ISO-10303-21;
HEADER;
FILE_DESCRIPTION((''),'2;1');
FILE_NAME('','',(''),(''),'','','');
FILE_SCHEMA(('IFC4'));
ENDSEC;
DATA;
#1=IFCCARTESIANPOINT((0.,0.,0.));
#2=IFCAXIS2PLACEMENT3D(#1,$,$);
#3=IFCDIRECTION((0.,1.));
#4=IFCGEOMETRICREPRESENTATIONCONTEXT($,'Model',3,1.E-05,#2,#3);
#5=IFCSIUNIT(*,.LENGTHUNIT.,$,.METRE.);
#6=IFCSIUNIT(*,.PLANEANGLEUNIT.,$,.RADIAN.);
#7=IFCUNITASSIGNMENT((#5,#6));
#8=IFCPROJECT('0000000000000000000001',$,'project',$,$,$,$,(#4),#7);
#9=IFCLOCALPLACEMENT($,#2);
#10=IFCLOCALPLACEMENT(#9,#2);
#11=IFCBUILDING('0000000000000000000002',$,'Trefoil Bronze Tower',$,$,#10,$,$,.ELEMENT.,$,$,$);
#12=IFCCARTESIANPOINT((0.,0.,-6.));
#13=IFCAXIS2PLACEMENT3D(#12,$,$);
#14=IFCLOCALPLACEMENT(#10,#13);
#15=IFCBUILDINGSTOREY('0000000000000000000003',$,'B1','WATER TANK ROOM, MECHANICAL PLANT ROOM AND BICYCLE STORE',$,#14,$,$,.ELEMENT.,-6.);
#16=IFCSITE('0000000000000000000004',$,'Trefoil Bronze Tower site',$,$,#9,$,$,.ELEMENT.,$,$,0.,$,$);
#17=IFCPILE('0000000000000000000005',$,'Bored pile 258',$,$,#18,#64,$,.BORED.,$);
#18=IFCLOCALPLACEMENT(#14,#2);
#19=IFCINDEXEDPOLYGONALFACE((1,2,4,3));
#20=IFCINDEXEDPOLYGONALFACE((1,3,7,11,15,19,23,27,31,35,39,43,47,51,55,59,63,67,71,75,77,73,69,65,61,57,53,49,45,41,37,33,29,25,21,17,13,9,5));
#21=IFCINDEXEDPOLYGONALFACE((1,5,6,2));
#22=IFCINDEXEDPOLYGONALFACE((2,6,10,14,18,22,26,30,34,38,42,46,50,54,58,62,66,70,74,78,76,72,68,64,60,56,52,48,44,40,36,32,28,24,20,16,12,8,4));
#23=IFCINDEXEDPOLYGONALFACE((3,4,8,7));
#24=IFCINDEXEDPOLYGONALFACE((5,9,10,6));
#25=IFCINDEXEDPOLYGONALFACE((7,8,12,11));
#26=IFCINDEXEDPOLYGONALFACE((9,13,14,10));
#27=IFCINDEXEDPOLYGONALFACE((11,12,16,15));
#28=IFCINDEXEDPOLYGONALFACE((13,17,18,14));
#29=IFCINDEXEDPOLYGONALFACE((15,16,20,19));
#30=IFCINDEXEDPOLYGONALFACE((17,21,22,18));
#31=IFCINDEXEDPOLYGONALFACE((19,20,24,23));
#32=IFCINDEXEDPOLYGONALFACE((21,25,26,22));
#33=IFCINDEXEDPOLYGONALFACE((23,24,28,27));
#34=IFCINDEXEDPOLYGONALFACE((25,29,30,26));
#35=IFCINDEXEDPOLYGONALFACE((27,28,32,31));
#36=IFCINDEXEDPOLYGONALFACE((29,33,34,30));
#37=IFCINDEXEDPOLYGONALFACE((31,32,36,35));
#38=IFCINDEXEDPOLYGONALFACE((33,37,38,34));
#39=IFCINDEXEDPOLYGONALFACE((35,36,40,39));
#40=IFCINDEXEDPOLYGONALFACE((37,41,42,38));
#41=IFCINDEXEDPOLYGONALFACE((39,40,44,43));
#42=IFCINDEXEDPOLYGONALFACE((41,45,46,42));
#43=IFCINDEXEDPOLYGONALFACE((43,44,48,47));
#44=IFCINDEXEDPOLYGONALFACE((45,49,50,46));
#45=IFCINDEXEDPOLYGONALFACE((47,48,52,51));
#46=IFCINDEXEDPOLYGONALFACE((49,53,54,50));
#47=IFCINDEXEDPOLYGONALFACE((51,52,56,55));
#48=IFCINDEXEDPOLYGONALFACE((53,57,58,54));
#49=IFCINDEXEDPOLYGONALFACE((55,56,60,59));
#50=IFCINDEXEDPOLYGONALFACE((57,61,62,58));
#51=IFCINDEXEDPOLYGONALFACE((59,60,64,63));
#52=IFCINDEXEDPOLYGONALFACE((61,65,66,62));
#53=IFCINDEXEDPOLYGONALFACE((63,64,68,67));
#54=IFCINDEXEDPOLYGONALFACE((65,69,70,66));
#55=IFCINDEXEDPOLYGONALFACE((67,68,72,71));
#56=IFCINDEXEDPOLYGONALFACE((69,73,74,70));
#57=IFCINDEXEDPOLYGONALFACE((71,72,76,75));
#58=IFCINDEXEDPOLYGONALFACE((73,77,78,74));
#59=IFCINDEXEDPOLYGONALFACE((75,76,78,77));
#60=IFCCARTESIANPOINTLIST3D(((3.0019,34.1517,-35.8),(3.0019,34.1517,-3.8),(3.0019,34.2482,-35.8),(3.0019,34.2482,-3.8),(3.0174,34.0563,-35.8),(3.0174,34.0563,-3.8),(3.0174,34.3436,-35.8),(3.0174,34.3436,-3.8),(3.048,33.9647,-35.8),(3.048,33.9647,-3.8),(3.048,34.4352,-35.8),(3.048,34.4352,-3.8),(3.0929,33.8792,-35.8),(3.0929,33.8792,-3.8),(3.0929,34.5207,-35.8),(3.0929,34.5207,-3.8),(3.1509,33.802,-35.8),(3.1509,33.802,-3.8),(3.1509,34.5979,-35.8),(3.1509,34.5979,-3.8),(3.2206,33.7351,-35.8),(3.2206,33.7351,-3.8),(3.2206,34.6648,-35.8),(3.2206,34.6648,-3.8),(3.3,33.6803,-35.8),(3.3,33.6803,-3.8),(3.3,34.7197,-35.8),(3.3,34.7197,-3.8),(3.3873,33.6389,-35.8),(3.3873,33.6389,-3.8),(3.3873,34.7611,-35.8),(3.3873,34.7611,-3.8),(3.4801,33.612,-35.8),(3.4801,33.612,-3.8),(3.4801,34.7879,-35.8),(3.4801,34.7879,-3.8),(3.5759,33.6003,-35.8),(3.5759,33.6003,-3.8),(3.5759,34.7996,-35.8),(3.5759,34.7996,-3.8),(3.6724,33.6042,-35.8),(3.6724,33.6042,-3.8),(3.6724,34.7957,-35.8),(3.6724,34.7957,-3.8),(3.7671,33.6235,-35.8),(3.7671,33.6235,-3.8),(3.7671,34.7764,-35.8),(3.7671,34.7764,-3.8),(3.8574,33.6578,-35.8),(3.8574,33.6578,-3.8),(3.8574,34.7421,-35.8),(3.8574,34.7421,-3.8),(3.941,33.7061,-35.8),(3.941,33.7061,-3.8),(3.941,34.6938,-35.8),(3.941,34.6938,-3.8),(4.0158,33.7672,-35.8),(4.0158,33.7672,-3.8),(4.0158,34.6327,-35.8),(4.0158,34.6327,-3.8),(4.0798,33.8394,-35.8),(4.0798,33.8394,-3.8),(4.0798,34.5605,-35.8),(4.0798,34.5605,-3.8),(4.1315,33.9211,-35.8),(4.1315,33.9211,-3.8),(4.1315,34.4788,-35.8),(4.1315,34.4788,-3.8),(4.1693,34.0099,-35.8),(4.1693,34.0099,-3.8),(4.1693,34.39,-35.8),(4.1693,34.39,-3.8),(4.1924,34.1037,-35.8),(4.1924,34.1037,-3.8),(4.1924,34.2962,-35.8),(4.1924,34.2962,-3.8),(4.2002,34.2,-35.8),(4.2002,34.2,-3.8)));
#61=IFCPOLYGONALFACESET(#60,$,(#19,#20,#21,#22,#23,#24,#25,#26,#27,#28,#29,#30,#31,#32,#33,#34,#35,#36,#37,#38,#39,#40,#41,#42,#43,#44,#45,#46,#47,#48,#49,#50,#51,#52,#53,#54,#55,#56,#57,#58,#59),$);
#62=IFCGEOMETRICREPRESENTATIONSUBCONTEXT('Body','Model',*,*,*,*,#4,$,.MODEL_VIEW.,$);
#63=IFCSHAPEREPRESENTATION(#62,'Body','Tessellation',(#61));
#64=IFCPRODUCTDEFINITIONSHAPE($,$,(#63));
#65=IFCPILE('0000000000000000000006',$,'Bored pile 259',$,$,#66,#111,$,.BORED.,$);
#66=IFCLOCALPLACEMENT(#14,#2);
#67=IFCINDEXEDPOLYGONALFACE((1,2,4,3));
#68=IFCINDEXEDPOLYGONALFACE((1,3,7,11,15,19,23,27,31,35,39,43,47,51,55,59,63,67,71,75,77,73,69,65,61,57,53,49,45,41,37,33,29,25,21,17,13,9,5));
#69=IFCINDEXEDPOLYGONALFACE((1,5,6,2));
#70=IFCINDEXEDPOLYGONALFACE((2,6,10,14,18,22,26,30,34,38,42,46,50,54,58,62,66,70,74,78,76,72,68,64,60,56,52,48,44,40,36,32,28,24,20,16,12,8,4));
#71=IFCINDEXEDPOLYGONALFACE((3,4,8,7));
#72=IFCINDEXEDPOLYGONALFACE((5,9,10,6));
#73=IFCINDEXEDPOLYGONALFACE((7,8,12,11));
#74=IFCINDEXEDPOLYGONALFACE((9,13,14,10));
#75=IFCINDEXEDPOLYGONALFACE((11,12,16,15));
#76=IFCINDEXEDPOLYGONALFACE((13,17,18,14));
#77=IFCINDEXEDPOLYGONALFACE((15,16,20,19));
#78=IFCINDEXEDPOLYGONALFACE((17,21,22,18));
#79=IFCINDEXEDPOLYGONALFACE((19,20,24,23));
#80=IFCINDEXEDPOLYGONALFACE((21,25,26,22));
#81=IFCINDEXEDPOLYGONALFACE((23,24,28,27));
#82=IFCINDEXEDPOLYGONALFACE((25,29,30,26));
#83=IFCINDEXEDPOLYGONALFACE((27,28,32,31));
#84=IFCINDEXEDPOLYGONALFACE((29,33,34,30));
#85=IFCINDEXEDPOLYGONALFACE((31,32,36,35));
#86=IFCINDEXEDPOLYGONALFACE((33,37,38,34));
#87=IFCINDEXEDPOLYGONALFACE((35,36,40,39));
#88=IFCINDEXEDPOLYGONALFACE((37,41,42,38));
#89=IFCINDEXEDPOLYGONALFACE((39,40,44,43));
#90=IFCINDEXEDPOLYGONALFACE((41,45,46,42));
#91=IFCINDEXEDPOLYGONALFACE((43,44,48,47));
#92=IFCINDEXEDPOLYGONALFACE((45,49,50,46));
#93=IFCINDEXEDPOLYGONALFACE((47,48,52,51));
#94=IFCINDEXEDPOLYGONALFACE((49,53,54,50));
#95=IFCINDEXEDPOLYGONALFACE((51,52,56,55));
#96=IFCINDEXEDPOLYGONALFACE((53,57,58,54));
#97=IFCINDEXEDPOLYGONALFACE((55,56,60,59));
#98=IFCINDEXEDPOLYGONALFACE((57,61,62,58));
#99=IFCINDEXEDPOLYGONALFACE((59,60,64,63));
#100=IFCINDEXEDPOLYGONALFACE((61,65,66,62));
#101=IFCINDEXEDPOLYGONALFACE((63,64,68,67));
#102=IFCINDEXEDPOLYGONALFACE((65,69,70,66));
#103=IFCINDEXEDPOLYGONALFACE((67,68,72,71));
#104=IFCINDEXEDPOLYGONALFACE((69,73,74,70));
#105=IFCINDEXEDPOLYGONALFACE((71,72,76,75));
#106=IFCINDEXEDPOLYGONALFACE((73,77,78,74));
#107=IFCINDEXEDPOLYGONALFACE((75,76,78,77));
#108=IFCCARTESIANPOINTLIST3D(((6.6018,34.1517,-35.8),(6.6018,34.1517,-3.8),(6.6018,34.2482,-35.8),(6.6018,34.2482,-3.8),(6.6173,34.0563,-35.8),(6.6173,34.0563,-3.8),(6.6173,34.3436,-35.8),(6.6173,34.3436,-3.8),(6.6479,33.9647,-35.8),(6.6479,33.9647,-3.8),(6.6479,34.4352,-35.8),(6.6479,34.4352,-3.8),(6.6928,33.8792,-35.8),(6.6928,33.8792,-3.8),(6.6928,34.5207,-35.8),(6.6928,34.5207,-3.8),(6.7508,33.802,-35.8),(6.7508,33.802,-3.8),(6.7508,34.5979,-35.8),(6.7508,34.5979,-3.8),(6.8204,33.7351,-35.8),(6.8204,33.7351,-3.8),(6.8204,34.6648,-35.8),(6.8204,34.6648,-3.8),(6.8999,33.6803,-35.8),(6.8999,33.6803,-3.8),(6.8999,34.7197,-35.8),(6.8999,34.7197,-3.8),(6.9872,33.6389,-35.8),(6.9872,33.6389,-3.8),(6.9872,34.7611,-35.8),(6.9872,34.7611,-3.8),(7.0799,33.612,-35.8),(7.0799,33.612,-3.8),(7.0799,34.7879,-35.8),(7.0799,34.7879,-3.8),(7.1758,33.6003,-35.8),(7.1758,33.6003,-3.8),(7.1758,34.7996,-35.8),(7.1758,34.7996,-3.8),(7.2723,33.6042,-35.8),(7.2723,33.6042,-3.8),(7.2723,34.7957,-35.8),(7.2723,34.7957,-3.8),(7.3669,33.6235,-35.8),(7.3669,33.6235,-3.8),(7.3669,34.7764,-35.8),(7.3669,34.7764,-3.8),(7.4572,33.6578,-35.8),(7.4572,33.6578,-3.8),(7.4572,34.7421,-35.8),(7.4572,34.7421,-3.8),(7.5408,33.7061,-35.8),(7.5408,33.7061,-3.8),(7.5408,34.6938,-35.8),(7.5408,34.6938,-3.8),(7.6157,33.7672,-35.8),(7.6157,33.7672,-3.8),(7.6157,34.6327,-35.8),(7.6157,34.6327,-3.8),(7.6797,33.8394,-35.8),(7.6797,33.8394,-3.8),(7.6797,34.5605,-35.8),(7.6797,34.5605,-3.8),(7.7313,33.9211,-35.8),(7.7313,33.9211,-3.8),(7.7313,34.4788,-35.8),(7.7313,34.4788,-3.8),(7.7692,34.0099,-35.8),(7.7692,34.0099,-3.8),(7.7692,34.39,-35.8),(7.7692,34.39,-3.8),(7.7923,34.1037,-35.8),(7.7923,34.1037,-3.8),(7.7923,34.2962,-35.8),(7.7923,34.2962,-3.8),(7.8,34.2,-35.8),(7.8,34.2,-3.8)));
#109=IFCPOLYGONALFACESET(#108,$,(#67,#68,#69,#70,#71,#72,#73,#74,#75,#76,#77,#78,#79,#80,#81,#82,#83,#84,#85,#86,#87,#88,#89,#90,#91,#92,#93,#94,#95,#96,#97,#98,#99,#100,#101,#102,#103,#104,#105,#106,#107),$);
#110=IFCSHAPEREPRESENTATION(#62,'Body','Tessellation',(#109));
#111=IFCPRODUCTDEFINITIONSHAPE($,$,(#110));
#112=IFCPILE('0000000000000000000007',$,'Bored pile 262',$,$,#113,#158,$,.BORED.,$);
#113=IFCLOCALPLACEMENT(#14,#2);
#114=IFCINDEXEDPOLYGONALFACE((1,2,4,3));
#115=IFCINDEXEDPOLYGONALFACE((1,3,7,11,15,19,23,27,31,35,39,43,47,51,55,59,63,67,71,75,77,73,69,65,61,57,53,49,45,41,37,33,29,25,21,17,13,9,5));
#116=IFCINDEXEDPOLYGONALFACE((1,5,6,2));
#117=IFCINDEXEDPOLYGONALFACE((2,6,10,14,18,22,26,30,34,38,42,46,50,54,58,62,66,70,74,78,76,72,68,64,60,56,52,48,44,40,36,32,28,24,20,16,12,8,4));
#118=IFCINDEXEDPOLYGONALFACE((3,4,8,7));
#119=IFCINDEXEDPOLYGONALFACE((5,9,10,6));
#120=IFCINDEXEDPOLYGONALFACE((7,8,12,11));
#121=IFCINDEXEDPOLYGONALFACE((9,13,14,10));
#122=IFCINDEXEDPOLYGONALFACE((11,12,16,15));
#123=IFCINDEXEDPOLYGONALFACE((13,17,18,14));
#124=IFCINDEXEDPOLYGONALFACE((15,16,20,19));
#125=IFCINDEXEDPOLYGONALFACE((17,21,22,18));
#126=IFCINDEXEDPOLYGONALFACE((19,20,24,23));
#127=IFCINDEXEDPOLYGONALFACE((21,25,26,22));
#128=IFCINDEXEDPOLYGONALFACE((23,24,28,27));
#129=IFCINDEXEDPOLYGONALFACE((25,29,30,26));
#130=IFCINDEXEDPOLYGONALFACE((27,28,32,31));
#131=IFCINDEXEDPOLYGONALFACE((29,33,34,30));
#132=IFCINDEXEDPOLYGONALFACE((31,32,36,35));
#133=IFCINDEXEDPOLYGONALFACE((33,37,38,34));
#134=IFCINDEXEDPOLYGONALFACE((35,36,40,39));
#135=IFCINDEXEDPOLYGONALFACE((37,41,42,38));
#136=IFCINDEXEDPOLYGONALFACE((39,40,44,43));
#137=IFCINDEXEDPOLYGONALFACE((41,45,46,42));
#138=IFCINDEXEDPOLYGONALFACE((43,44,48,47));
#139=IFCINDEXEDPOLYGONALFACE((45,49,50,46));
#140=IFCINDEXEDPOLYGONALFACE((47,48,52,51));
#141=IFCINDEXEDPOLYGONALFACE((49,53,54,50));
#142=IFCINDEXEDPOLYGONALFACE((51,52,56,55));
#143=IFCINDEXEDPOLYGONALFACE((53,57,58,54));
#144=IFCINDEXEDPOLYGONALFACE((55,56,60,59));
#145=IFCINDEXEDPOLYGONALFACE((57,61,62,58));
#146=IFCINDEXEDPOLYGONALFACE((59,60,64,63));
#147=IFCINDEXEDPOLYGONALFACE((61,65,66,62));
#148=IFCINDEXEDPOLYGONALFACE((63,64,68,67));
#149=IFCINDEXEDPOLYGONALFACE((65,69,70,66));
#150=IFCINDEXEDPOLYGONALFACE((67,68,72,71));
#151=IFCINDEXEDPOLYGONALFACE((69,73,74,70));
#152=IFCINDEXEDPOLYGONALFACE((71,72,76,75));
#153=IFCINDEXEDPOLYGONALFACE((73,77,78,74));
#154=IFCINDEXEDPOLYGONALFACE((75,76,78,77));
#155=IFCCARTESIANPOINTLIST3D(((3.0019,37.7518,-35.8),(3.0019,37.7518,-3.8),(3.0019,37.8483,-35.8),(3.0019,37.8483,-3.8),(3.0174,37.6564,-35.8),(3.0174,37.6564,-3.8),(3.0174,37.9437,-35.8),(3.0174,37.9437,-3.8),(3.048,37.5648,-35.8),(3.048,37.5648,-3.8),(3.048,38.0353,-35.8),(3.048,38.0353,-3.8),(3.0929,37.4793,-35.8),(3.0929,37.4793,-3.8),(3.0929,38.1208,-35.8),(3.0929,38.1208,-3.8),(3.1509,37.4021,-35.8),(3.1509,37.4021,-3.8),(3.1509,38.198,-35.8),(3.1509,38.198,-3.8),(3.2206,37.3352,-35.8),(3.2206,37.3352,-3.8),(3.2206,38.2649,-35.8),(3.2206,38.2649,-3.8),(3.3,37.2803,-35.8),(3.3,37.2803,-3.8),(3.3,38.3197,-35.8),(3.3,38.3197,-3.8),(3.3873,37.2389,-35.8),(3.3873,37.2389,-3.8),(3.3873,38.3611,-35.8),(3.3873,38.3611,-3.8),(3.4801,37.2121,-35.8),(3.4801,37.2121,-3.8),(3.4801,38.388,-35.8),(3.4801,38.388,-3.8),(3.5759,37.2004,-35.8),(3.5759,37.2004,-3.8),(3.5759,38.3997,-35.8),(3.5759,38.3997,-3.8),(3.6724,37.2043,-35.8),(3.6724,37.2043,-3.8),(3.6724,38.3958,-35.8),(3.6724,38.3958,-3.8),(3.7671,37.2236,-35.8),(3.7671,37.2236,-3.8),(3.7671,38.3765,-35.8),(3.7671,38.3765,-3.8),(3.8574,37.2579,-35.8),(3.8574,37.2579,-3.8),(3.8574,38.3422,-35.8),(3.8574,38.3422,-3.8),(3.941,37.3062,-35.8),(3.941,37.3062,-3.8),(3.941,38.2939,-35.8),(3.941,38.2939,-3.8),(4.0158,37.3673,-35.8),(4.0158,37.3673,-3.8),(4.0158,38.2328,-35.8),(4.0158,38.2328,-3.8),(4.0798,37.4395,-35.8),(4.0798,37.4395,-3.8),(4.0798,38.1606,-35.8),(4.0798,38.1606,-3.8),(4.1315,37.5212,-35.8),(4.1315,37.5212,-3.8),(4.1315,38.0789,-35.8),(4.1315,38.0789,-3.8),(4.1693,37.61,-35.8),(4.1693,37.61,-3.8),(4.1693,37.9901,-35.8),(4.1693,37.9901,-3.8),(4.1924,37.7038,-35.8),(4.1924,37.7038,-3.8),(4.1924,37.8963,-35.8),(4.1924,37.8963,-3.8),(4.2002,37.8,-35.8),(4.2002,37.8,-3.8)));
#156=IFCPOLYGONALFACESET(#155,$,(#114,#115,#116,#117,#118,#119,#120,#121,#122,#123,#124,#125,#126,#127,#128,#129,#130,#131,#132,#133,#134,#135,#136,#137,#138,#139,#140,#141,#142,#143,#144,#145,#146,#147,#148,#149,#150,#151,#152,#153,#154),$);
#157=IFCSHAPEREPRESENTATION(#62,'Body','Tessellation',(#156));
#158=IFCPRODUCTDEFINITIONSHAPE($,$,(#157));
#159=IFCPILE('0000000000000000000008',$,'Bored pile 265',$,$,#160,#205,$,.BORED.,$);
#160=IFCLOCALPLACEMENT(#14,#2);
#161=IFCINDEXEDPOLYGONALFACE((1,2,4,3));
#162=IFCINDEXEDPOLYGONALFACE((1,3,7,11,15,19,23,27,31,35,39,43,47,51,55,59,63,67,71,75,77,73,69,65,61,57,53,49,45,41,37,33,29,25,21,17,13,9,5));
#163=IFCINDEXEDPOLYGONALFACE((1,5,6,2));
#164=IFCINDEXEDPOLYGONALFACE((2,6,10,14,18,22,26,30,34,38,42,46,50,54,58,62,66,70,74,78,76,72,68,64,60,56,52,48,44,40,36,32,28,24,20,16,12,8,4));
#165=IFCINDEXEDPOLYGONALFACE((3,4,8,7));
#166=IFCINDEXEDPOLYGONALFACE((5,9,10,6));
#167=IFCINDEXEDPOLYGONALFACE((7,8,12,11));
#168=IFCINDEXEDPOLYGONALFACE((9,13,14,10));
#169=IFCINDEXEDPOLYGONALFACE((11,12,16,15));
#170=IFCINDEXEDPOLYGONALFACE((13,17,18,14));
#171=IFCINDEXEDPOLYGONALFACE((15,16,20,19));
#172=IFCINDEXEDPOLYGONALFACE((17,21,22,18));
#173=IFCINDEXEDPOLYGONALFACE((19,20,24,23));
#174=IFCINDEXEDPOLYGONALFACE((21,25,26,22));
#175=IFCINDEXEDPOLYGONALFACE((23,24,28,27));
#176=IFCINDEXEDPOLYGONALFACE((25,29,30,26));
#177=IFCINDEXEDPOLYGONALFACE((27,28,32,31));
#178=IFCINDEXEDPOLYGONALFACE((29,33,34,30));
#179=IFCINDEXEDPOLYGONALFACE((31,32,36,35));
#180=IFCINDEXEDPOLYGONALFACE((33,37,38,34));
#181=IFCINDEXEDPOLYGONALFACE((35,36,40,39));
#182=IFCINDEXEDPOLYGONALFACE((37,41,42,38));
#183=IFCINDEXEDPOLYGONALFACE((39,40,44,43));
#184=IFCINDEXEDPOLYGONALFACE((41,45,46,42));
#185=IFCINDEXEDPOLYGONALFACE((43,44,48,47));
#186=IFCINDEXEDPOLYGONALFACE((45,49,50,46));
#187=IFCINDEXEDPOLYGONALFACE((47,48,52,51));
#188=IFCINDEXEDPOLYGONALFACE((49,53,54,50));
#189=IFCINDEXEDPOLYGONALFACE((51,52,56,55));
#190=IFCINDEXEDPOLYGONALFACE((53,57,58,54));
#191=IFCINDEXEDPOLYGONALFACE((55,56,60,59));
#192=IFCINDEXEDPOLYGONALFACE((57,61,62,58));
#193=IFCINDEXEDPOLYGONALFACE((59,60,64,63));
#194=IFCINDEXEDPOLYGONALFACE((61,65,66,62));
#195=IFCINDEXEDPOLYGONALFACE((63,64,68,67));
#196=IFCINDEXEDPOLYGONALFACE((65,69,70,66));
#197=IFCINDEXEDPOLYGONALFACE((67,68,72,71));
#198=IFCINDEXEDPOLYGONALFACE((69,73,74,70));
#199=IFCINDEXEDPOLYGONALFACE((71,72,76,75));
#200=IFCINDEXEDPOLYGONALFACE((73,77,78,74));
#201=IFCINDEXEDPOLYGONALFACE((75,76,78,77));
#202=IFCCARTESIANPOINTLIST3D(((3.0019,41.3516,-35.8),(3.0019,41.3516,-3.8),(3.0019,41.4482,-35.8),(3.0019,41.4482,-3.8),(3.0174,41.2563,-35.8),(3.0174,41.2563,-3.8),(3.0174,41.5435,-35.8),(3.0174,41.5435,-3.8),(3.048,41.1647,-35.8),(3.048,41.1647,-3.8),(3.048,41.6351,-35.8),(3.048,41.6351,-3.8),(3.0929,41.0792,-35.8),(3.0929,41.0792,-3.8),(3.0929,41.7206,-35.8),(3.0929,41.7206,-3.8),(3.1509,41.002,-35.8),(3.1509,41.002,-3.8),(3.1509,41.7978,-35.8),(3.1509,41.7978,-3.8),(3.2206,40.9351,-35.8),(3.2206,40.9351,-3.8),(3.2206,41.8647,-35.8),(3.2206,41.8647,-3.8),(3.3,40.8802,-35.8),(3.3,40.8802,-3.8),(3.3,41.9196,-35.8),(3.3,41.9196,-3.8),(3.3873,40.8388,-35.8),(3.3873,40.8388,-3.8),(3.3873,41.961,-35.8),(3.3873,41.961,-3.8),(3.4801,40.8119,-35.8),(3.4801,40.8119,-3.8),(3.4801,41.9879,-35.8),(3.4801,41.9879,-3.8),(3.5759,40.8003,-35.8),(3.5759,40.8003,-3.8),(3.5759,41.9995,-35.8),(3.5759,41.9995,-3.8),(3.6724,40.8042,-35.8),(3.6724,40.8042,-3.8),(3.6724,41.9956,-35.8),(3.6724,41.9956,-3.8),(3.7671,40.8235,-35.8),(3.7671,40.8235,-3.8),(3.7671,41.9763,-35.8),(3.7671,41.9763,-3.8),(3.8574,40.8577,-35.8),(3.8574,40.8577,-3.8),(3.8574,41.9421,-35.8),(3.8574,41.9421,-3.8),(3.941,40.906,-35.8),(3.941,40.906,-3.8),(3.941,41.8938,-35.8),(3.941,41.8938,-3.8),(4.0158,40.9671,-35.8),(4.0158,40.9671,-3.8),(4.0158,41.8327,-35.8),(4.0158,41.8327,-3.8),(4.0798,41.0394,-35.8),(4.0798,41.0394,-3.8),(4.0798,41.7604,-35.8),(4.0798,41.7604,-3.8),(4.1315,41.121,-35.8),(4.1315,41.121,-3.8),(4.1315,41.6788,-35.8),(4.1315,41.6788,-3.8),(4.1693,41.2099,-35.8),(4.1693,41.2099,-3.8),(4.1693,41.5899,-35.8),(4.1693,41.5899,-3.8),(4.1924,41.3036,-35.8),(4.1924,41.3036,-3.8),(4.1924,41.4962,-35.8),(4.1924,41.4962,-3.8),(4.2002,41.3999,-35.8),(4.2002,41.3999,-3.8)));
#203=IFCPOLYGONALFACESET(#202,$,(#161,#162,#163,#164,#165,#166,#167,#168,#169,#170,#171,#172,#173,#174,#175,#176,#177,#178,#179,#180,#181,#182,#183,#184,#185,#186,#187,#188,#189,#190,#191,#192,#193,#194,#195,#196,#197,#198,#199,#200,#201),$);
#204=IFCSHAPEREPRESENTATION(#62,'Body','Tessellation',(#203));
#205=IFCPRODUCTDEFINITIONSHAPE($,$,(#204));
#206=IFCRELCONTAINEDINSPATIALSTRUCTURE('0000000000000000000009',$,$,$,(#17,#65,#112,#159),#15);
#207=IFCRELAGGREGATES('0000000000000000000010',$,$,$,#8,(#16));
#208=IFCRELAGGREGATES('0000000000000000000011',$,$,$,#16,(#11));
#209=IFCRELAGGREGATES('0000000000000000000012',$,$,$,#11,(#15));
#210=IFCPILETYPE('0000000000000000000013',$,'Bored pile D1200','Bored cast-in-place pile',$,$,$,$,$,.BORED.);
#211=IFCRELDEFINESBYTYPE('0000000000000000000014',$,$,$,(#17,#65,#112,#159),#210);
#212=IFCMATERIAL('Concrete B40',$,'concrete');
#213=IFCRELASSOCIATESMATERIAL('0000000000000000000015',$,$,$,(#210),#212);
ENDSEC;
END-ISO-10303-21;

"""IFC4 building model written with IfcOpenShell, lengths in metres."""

from ifc_helpers import new_model, si_unit, direction, frame, origin, origin_2d, place, context, subcontext, project, spatial, circle, extrude, material, type_object, element, save


model = new_model("IFC4")

# Units and contexts
model_context = context("Model", 3, precision=1e-05, world=origin(), true_north=direction((0.0, 1.0)))
body_context = subcontext(model_context, "Body", "Model", "MODEL_VIEW")
ifc_project = project(units=[si_unit("LENGTHUNIT", "METRE"), si_unit("PLANEANGLEUNIT", "RADIAN")], contexts=[model_context])

# Site, building, storey
site_placement = place(None, origin())
site = spatial("IfcSite", under=ifc_project, at=site_placement, Name="Trefoil Bronze Tower site", CompositionType="ELEMENT", RefElevation=0.0)
building_placement = place(site_placement, origin())
building = spatial("IfcBuilding", under=site, at=building_placement, Name="Trefoil Bronze Tower", CompositionType="ELEMENT")
storey_placement = place(building_placement, frame((0.0, 0.0, -6.0)))
storey = spatial("IfcBuildingStorey", under=building, at=storey_placement, Name="B1", Description="WATER TANK ROOM, MECHANICAL PLANT ROOM AND BICYCLE STORE", CompositionType="ELEMENT", Elevation=-6.0)

# Piles
ifc_material_1 = material(Name="Concrete B40", Category="concrete")
pile_type = type_object("IfcPileType", Name="Bored pile D1200", Description="Bored cast-in-place pile", PredefinedType="BORED", material=ifc_material_1)
for number, where, z_axis, x_axis, name in (
    (1, (3.6001, 34.2, -3.8), (0.0, 0.0, -1.0), (1.0, 0.0, 0.0), "Bored pile 258"),
    (2, (7.2, 34.2, -3.8), (0.0, 0.0, -1.0), (1.0, 0.0, 0.0), "Bored pile 259"),
    (3, (3.6001, 37.8, -3.8), (0.0, 0.0, -1.0), (1.0, 0.0, 0.0), "Bored pile 262"),
    (4, (3.6001, 41.3999, -3.8), (0.0, 0.0, -1.0), (1.0, 0.0, 0.0), "Bored pile 265"),
):
    element("IfcPile", number, at=place(storey_placement, frame(where, z_axis=z_axis, x_axis=x_axis)), inside=storey, type_object=pile_type, Name=name, PredefinedType="BORED", context=body_context, shape_type="SweptSolid", body=[
        extrude(circle(Radius=0.6001, at=origin_2d()), origin(), (0.0, 0.0, 1.0), 32.0),
    ])

save(model, "model.ifc")
